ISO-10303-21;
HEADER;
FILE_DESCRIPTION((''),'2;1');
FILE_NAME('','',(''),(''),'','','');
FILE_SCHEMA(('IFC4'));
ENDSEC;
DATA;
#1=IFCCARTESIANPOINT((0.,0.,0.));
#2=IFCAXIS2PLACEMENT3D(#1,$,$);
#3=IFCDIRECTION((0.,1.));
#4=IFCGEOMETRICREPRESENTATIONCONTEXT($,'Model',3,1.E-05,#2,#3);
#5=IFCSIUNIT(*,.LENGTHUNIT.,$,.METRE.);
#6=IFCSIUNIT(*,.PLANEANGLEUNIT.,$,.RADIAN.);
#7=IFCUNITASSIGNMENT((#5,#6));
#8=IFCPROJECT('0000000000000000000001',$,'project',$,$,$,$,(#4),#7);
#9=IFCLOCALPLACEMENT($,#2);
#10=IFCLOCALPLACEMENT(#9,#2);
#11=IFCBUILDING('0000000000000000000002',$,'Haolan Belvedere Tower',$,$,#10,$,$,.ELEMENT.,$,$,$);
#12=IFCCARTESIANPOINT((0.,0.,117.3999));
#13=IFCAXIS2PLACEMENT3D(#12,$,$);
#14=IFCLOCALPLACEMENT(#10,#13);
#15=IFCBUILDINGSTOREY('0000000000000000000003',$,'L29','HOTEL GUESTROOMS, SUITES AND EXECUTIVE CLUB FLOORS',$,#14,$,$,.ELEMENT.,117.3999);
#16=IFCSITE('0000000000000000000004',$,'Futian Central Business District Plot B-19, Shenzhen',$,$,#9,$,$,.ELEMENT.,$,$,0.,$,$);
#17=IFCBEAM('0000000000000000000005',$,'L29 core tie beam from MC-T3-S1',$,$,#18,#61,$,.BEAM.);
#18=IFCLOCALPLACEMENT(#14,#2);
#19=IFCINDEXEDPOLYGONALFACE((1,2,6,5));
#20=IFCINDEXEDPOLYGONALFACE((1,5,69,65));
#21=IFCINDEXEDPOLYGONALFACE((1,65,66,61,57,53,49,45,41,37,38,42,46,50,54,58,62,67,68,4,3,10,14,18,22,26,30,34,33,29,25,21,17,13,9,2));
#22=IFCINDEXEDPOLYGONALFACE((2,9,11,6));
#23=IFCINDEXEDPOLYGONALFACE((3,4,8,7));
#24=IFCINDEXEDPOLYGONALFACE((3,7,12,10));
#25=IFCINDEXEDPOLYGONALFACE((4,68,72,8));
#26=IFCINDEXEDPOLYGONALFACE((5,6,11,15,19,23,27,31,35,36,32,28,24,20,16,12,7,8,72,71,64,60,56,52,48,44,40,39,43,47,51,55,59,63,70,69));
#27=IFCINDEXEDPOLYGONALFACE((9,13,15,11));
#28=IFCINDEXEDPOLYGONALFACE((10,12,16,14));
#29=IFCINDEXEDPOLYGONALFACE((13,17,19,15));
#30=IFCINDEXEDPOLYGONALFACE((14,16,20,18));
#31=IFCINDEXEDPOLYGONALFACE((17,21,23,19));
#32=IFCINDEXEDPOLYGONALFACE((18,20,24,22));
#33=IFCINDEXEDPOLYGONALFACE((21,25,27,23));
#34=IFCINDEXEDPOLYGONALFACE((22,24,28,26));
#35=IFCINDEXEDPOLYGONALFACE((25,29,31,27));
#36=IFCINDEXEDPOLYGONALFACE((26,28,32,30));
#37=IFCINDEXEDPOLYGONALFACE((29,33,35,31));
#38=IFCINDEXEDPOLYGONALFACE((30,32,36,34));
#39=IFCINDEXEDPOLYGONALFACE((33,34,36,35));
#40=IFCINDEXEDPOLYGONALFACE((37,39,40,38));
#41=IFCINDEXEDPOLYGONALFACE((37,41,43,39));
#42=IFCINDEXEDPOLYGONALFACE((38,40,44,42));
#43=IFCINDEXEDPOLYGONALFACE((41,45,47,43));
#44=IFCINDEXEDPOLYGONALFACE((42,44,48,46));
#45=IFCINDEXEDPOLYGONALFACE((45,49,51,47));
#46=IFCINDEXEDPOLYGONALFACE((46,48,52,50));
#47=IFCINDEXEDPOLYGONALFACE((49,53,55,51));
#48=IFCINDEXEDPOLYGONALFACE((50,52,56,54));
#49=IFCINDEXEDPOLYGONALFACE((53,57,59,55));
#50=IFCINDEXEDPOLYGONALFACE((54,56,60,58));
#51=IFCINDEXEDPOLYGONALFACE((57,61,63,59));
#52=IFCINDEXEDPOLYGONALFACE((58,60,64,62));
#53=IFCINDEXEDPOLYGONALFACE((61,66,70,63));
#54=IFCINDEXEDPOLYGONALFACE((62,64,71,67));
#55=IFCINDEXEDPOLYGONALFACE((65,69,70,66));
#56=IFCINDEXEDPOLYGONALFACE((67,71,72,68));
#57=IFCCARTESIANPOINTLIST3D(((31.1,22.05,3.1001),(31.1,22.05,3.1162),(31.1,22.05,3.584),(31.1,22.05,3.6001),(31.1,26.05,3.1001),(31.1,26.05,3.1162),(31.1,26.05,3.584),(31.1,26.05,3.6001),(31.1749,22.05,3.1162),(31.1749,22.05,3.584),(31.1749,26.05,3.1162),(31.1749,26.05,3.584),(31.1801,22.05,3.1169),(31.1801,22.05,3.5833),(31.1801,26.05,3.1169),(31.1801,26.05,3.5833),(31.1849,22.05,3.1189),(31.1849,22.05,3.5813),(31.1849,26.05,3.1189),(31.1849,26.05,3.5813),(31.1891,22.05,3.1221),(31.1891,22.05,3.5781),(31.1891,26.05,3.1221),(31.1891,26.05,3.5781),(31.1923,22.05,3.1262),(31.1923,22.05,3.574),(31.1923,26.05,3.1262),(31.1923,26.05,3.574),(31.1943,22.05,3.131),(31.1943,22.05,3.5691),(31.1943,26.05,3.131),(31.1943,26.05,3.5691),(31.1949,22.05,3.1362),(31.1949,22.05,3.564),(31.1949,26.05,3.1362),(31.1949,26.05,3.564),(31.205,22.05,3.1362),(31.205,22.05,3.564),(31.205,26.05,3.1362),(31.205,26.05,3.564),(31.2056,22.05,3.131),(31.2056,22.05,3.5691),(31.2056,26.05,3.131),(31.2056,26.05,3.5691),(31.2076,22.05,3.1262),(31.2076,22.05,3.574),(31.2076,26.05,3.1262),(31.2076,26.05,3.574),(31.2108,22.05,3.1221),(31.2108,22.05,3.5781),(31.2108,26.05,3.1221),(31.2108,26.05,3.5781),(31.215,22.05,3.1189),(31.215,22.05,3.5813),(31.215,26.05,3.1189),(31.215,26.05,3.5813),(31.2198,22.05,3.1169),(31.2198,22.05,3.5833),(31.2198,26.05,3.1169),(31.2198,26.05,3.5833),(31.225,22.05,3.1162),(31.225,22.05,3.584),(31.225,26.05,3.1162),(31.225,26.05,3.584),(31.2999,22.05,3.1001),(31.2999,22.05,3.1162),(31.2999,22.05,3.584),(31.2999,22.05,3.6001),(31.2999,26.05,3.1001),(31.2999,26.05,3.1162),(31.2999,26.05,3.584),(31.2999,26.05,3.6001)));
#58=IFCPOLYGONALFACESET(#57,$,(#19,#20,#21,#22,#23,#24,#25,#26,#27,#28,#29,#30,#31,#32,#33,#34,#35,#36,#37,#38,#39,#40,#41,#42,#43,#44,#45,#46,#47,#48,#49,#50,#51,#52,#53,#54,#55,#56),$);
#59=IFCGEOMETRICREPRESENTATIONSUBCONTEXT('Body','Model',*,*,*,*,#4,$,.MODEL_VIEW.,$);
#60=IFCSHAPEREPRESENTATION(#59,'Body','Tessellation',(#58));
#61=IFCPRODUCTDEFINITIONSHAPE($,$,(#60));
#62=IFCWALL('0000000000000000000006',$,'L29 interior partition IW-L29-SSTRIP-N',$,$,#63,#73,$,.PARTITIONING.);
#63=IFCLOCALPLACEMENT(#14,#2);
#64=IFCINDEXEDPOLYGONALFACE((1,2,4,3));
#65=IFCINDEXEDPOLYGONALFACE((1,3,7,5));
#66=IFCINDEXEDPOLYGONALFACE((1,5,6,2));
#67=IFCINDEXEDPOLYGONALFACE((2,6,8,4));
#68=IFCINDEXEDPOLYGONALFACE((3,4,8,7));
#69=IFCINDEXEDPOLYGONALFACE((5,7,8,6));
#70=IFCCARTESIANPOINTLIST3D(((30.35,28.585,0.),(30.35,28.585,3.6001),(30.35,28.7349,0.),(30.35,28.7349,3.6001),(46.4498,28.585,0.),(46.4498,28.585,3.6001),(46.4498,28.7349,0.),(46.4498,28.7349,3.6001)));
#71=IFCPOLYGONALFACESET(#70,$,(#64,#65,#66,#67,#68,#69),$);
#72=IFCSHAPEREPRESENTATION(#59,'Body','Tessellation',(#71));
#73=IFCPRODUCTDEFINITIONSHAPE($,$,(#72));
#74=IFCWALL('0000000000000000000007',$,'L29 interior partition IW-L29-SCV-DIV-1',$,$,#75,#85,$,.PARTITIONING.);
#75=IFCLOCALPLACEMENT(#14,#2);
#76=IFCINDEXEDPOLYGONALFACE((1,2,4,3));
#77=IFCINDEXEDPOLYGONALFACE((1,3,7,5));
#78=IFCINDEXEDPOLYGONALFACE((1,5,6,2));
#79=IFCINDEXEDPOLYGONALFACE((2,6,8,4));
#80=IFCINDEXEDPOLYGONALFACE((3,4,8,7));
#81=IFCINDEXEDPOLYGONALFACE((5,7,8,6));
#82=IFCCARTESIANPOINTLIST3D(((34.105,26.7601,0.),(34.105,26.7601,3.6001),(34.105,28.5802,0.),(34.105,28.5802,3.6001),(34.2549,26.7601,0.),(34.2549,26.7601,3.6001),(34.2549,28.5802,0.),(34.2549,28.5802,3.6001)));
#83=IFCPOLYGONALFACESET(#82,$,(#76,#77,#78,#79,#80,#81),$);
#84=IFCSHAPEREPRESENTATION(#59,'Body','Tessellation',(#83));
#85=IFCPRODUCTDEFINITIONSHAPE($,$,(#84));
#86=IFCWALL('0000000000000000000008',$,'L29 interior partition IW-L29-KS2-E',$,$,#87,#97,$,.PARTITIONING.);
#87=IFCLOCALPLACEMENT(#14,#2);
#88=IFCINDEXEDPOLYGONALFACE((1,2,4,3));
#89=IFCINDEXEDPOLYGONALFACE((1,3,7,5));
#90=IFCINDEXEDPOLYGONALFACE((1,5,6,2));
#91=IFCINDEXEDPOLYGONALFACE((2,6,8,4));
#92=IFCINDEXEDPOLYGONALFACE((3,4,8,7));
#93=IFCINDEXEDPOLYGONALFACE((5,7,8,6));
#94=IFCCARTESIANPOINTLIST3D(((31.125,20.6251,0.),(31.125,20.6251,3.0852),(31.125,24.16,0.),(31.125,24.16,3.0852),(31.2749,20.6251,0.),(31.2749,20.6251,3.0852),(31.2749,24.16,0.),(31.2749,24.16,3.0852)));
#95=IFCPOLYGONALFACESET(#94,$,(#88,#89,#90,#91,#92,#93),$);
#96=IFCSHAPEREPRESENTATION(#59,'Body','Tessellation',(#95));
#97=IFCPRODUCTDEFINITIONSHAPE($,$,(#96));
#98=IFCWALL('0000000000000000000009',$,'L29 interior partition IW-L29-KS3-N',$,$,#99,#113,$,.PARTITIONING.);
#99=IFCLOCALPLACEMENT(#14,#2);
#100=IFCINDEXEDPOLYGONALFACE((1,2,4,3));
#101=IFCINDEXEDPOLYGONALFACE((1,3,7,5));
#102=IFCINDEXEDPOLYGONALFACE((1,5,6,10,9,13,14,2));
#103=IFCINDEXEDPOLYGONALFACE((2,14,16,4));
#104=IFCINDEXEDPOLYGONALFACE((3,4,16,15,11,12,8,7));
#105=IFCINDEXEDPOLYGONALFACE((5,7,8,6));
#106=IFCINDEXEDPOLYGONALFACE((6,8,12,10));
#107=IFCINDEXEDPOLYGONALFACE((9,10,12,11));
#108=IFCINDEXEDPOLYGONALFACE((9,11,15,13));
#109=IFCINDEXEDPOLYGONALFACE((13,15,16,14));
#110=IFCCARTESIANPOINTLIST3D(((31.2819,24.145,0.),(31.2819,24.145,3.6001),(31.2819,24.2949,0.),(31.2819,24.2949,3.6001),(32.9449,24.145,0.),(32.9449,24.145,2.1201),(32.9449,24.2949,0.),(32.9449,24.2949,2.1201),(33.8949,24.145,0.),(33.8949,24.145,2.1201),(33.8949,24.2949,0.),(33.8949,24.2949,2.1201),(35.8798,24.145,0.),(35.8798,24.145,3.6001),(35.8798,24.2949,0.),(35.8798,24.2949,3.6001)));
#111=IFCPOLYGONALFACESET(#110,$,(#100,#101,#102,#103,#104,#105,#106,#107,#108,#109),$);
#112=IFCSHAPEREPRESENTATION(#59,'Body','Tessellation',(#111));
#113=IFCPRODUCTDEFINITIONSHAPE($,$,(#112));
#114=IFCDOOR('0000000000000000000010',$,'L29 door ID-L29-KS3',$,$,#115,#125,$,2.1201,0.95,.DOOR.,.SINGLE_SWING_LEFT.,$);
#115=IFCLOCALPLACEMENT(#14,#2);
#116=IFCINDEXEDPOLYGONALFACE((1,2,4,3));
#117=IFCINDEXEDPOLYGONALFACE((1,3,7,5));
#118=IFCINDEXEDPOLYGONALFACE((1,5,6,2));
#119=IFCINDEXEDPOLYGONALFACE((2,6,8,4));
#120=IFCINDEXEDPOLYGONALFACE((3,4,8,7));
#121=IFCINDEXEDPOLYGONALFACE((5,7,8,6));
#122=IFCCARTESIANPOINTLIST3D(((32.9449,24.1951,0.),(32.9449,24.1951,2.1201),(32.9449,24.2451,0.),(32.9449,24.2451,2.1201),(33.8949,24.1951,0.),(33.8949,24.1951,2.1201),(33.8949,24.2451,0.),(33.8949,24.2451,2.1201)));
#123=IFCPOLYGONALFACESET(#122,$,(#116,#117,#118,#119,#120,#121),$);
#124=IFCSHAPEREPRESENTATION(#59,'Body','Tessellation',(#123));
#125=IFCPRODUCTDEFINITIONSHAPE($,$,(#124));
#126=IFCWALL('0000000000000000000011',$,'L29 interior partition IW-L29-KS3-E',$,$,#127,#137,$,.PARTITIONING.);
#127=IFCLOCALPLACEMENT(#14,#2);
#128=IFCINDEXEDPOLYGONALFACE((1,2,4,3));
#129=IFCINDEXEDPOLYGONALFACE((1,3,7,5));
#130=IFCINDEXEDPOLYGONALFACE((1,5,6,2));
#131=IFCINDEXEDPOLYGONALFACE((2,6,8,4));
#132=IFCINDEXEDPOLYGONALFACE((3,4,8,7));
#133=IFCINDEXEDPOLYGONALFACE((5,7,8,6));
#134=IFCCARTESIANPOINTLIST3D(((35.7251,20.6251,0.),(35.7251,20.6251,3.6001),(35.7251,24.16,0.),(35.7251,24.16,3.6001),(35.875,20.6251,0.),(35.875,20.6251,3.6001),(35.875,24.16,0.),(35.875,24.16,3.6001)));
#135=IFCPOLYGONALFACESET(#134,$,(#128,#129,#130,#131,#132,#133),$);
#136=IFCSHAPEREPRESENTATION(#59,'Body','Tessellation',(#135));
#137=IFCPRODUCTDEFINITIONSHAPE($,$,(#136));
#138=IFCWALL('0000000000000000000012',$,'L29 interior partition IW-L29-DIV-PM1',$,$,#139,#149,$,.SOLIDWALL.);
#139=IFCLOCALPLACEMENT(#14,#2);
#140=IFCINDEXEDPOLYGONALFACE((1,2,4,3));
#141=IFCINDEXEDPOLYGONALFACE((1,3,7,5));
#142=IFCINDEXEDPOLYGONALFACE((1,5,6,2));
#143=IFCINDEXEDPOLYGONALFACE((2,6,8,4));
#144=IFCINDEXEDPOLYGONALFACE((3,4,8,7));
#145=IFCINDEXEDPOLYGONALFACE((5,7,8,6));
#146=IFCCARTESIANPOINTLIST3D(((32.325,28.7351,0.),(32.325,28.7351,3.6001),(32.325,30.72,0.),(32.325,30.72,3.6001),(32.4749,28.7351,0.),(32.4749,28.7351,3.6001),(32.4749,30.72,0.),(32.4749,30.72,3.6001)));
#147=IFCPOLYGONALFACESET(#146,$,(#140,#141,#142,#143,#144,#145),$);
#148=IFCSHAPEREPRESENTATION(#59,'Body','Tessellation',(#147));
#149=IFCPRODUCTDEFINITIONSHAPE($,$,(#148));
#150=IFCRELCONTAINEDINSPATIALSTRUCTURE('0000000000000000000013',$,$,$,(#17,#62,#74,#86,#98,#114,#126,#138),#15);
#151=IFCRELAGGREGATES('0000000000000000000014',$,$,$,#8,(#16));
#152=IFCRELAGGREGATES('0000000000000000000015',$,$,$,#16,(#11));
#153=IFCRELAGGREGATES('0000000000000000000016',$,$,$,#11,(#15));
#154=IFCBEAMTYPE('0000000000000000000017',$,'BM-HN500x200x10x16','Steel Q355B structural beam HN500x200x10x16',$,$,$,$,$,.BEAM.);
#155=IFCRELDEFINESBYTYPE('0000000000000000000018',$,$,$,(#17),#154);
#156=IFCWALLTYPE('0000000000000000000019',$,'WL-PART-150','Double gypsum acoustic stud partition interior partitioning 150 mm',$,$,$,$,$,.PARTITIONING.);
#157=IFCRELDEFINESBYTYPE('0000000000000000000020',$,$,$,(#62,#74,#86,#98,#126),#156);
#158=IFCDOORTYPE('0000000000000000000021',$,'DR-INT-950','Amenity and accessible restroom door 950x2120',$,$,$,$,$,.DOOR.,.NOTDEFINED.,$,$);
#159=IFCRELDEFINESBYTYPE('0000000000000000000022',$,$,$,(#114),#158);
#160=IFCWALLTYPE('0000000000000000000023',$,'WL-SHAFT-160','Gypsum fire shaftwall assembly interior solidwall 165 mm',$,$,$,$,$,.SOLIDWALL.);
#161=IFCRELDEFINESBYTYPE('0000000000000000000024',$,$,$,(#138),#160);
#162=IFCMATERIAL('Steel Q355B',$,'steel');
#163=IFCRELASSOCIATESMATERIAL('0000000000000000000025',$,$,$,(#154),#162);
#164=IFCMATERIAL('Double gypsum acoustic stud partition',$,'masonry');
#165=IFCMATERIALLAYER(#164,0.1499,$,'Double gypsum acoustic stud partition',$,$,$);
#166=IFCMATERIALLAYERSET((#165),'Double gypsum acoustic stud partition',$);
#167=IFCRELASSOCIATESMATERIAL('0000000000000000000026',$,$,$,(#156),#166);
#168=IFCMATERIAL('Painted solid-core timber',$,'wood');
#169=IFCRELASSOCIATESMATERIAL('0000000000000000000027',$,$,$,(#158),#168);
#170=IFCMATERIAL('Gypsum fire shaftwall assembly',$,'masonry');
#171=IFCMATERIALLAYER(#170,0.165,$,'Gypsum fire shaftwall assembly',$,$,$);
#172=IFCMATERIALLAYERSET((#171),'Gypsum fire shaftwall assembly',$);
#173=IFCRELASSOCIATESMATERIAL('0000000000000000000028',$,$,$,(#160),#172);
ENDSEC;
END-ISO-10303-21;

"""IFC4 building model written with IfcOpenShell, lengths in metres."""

from ifc_helpers import new_model, si_unit, direction, frame, frame_2d, origin, origin_2d, place, context, subcontext, project, spatial, rectangle, i_section, extrude, material, layer, layer_set, material_profile, profile_set, type_object, element, fill, save


model = new_model("IFC4")

# Units and contexts
model_context = context("Model", 3, precision=1e-05, world=origin(), true_north=direction((0.0, 1.0)))
body_context = subcontext(model_context, "Body", "Model", "MODEL_VIEW")
ifc_project = project(units=[si_unit("LENGTHUNIT", "METRE"), si_unit("PLANEANGLEUNIT", "RADIAN")], contexts=[model_context])

# Site, building, storey
site_placement = place(None, origin())
site = spatial("IfcSite", under=ifc_project, at=site_placement, Name="Futian Central Business District Plot B-19, Shenzhen", CompositionType="ELEMENT", RefElevation=0.0)
building_placement = place(site_placement, origin())
building = spatial("IfcBuilding", under=site, at=building_placement, Name="Haolan Belvedere Tower", CompositionType="ELEMENT")
storey_placement = place(building_placement, frame((0.0, 0.0, 117.3999)))
storey = spatial("IfcBuildingStorey", under=building, at=storey_placement, Name="L29", Description="HOTEL GUESTROOMS, SUITES AND EXECUTIVE CLUB FLOORS", CompositionType="ELEMENT", Elevation=117.3999)

# Beam
ifc_material_1 = material(Name="Steel Q355B", Category="steel")
ifc_material_profile_1 = material_profile(ifc_material_1, i_section(OverallWidth=0.2, OverallDepth=0.5, WebThickness=0.01, FlangeThickness=0.0161, FilletRadius=0.02, at=origin_2d()), Name="Steel Q355B")
ifc_profile_set_1 = profile_set([ifc_material_profile_1], Name="Steel Q355B")
beam_type_1 = type_object("IfcBeamType", Name="BM-HN500x200x10x16", Description="Steel Q355B structural beam HN500x200x10x16", PredefinedType="BEAM", material=ifc_profile_set_1)
beam_1_placement = place(storey_placement, frame((31.2, 22.05, 3.3501), z_axis=(0.0, 1.0, 0.0), x_axis=(-1.0, 0.0, 0.0)))
element("IfcBeam", 1, at=beam_1_placement, inside=storey, type_object=beam_type_1, Name="L29 core tie beam from MC-T3-S1", PredefinedType="BEAM", context=body_context, shape_type="SweptSolid", body=[
    extrude(i_section(OverallWidth=0.2, OverallDepth=0.5, WebThickness=0.01, FlangeThickness=0.0161, FilletRadius=0.02, at=origin_2d()), origin(), (0.0, 0.0, 1.0), 4.0),
])

# Walls
ifc_material_2 = material(Name="Double gypsum acoustic stud partition", Category="masonry")
ifc_layer_1 = layer(ifc_material_2, 0.1499, Name="Double gypsum acoustic stud partition")
ifc_layer_set_1 = layer_set([ifc_layer_1], Name="Double gypsum acoustic stud partition")
wall_type_1 = type_object("IfcWallType", Name="WL-PART-150", Description="Double gypsum acoustic stud partition interior partitioning 150 mm", PredefinedType="PARTITIONING", material=ifc_layer_set_1)
wall_1_placement = place(storey_placement, frame((30.3501, 28.6599, 0.0), z_axis=(0.0, 0.0, 1.0), x_axis=(1.0, 0.0, 0.0)))
element("IfcWall", 2, at=wall_1_placement, inside=storey, type_object=wall_type_1, Name="L29 interior partition IW-L29-SSTRIP-N", PredefinedType="PARTITIONING", context=body_context, shape_type="SweptSolid", body=[
    extrude(rectangle(XDim=16.0999, YDim=0.1499, at=frame_2d((8.0498, 0.0))), origin(), (0.0, 0.0, 1.0), 3.6001),
])
wall_2_placement = place(storey_placement, frame((34.1799, 26.76, 0.0), z_axis=(0.0, 0.0, 1.0), x_axis=(0.0, 1.0, 0.0)))
element("IfcWall", 3, at=wall_2_placement, inside=storey, type_object=wall_type_1, Name="L29 interior partition IW-L29-SCV-DIV-1", PredefinedType="PARTITIONING", context=body_context, shape_type="SweptSolid", body=[
    extrude(rectangle(XDim=1.8201, YDim=0.1499, at=frame_2d((0.9102, 0.0))), origin(), (0.0, 0.0, 1.0), 3.6001),
])
wall_3_placement = place(storey_placement, frame((31.2, 20.625, 0.0), z_axis=(0.0, 0.0, 1.0), x_axis=(0.0, 1.0, 0.0)))
element("IfcWall", 4, at=wall_3_placement, inside=storey, type_object=wall_type_1, Name="L29 interior partition IW-L29-KS2-E", PredefinedType="PARTITIONING", context=body_context, shape_type="SweptSolid", body=[
    extrude(rectangle(XDim=3.5349, YDim=0.1499, at=frame_2d((1.7676, 0.0))), origin(), (0.0, 0.0, 1.0), 3.0852),
])

# Wall, opening, door
wall_4_placement = place(storey_placement, frame((31.282, 24.22, 0.0), z_axis=(0.0, 0.0, 1.0), x_axis=(1.0, 0.0, 0.0)))
wall_4 = element("IfcWall", 5, at=wall_4_placement, inside=storey, type_object=wall_type_1, Name="L29 interior partition IW-L29-KS3-N", PredefinedType="PARTITIONING", context=body_context, shape_type="SweptSolid", body=[
    extrude(rectangle(XDim=4.5979, YDim=0.1499, at=frame_2d((2.2988, 0.0))), origin(), (0.0, 0.0, 1.0), 3.6001),
])
opening_1_placement = place(wall_4_placement, frame((2.613, 0.0, 0.0), z_axis=(0.0, 0.0, 1.0), x_axis=(-1.0, 0.0, 0.0)))
opening_1 = element("IfcOpeningElement", 6, at=opening_1_placement, cuts=wall_4, PredefinedType="OPENING", context=body_context, shape_type="SweptSolid", body=[
    extrude(rectangle(XDim=0.95, YDim=2.1201, at=frame_2d((0.4751, 1.0601))), frame((0.0, 0.085, 0.0), z_axis=(0.0, -1.0, 0.0), x_axis=(1.0, 0.0, 0.0)), (0.0, 0.0, 1.0), 0.1699),
])
ifc_material_3 = material(Name="Painted solid-core timber", Category="wood")
door_type = type_object("IfcDoorType", Name="DR-INT-950", Description="Amenity and accessible restroom door 950x2120", OperationType="NOTDEFINED", PredefinedType="DOOR", material=ifc_material_3)
door_1_placement = place(opening_1_placement, origin())
door_1 = element("IfcDoor", 7, at=door_1_placement, inside=storey, type_object=door_type, Name="L29 door ID-L29-KS3", OperationType="SINGLE_SWING_LEFT", OverallHeight=2.1201, OverallWidth=0.95, PredefinedType="DOOR", context=body_context, shape_type="SweptSolid", body=[
    extrude(rectangle(XDim=0.95, YDim=2.1201, at=frame_2d((0.4751, 1.0601))), frame((0.0, 0.0249, 0.0), z_axis=(0.0, -1.0, 0.0), x_axis=(1.0, 0.0, 0.0)), (0.0, 0.0, 1.0), 0.05),
])
fill(opening_1, door_1)

# Wall
wall_5_placement = place(storey_placement, frame((35.8, 20.625, 0.0), z_axis=(0.0, 0.0, 1.0), x_axis=(0.0, 1.0, 0.0)))
element("IfcWall", 8, at=wall_5_placement, inside=storey, type_object=wall_type_1, Name="L29 interior partition IW-L29-KS3-E", PredefinedType="PARTITIONING", context=body_context, shape_type="SweptSolid", body=[
    extrude(rectangle(XDim=3.5349, YDim=0.1499, at=frame_2d((1.7676, 0.0))), origin(), (0.0, 0.0, 1.0), 3.6001),
])

# Wall
ifc_material_4 = material(Name="Gypsum fire shaftwall assembly", Category="masonry")
ifc_layer_2 = layer(ifc_material_4, 0.165, Name="Gypsum fire shaftwall assembly")
ifc_layer_set_2 = layer_set([ifc_layer_2], Name="Gypsum fire shaftwall assembly")
wall_type_2 = type_object("IfcWallType", Name="WL-SHAFT-160", Description="Gypsum fire shaftwall assembly interior solidwall 165 mm", PredefinedType="SOLIDWALL", material=ifc_layer_set_2)
wall_6_placement = place(storey_placement, frame((32.3999, 28.7351, 0.0), z_axis=(0.0, 0.0, 1.0), x_axis=(0.0, 1.0, 0.0)))
element("IfcWall", 9, at=wall_6_placement, inside=storey, type_object=wall_type_2, Name="L29 interior partition IW-L29-DIV-PM1", PredefinedType="SOLIDWALL", context=body_context, shape_type="SweptSolid", body=[
    extrude(rectangle(XDim=1.9849, YDim=0.1499, at=frame_2d((0.9924, 0.0))), origin(), (0.0, 0.0, 1.0), 3.6001),
])

save(model, "model.ifc")
